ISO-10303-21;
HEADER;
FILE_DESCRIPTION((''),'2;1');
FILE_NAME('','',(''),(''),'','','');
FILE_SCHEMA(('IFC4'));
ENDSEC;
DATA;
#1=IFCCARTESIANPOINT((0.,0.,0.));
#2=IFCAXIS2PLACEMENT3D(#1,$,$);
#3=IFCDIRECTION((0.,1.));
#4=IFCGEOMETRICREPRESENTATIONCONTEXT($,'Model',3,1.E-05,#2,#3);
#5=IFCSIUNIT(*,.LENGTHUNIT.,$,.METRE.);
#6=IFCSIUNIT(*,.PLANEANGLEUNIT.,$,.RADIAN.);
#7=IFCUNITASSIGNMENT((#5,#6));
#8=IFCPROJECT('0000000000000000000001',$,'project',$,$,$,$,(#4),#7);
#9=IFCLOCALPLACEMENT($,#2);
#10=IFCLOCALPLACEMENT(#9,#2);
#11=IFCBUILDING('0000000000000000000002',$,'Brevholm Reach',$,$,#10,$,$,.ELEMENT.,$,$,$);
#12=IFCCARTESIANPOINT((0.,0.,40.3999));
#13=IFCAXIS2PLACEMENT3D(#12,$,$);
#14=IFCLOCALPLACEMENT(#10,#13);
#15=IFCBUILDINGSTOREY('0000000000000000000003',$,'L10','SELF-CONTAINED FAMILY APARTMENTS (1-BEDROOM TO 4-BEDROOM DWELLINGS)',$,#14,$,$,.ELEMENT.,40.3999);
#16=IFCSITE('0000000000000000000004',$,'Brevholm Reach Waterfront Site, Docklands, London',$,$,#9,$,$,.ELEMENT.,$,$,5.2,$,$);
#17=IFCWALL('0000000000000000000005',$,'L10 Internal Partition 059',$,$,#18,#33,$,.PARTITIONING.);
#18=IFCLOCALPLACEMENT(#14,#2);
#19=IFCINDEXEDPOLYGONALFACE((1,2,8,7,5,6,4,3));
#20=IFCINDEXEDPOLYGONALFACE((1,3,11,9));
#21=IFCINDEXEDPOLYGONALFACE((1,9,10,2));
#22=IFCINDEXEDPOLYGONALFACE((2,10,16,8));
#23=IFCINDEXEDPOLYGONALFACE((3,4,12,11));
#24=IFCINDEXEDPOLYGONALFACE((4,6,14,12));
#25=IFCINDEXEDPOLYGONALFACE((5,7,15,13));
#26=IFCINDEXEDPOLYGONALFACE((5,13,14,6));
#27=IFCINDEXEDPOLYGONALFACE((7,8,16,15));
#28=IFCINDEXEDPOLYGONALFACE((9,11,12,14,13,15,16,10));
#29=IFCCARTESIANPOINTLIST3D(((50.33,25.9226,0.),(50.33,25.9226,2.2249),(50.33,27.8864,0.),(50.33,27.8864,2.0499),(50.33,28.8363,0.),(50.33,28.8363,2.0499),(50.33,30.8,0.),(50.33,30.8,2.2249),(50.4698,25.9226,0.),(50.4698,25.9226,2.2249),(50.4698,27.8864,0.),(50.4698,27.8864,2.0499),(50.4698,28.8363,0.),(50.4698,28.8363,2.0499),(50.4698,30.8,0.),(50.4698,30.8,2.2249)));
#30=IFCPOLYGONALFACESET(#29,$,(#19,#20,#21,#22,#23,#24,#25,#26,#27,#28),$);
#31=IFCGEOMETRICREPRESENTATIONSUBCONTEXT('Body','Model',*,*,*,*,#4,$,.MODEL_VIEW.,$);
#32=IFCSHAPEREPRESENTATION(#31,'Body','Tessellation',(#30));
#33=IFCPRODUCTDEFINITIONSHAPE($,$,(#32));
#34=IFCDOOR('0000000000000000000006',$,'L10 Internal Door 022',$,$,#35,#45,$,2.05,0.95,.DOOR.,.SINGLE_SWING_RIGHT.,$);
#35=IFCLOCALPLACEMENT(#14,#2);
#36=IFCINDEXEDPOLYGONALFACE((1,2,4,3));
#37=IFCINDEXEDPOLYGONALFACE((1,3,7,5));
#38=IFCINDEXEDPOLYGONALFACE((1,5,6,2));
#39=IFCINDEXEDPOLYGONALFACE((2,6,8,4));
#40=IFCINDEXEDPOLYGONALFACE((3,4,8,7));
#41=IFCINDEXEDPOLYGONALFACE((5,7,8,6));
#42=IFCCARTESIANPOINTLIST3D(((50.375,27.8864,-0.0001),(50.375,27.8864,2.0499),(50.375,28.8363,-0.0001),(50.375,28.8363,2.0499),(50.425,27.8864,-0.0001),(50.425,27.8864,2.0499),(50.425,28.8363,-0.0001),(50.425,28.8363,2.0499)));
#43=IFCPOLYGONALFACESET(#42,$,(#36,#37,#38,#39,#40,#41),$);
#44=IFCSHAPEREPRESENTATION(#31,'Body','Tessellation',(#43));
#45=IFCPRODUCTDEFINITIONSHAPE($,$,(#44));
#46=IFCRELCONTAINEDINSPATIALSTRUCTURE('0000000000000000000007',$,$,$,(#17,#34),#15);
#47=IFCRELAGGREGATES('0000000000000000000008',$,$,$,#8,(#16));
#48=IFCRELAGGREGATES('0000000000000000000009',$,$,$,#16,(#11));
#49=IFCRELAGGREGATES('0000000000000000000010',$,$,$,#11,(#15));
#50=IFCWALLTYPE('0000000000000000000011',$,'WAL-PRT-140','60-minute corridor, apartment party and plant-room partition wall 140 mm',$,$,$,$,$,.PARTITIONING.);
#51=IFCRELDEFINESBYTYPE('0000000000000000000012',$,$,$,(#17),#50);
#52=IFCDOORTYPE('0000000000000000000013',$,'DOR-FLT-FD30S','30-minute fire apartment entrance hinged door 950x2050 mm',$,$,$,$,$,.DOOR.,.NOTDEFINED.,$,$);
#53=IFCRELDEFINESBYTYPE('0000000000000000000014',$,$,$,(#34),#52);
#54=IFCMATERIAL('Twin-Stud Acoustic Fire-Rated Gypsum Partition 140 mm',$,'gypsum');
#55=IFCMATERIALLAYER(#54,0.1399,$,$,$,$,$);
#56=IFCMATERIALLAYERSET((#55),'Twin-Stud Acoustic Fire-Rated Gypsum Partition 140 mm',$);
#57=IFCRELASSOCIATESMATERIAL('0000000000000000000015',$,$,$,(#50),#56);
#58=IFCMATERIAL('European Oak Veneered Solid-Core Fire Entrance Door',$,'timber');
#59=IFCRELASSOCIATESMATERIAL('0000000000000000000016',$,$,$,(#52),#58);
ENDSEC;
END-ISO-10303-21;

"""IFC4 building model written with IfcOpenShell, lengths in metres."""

from ifc_helpers import new_model, si_unit, direction, frame, frame_2d, origin, place, context, subcontext, project, spatial, rectangle, extrude, material, layer, layer_set, type_object, element, fill, save


model = new_model("IFC4")

# Units and contexts
model_context = context("Model", 3, precision=1e-05, world=origin(), true_north=direction((0.0, 1.0)))
body_context = subcontext(model_context, "Body", "Model", "MODEL_VIEW")
ifc_project = project(units=[si_unit("LENGTHUNIT", "METRE"), si_unit("PLANEANGLEUNIT", "RADIAN")], contexts=[model_context])

# Site, building, storey
site_placement = place(None, origin())
site = spatial("IfcSite", under=ifc_project, at=site_placement, Name="Brevholm Reach Waterfront Site, Docklands, London", CompositionType="ELEMENT", RefElevation=5.2)
building_placement = place(site_placement, origin())
building = spatial("IfcBuilding", under=site, at=building_placement, Name="Brevholm Reach", CompositionType="ELEMENT")
storey_placement = place(building_placement, frame((0.0, 0.0, 40.3999)))
storey = spatial("IfcBuildingStorey", under=building, at=storey_placement, Name="L10", Description="SELF-CONTAINED FAMILY APARTMENTS (1-BEDROOM TO 4-BEDROOM DWELLINGS)", CompositionType="ELEMENT", Elevation=40.3999)

# Shared definitions
ifc_material_1 = material(Name="Twin-Stud Acoustic Fire-Rated Gypsum Partition 140 mm", Category="gypsum")
ifc_layer_1 = layer(ifc_material_1, 0.1399)
ifc_layer_set_1 = layer_set([ifc_layer_1], Name="Twin-Stud Acoustic Fire-Rated Gypsum Partition 140 mm")
wall_type_1 = type_object("IfcWallType", Name="WAL-PRT-140", Description="60-minute corridor, apartment party and plant-room partition wall 140 mm", PredefinedType="PARTITIONING", material=ifc_layer_set_1)

# Wall, opening, door
wall_1_placement = place(storey_placement, frame((50.3999, 25.9226, 0.0), z_axis=(0.0, 0.0, 1.0), x_axis=(0.0, 1.0, 0.0)))
wall_1 = element("IfcWall", 1, at=wall_1_placement, inside=storey, type_object=wall_type_1, Name="L10 Internal Partition 059", PredefinedType="PARTITIONING", context=body_context, shape_type="SweptSolid", body=[
    extrude(rectangle(XDim=4.8774, YDim=0.1399, at=frame_2d((2.4387, 0.0))), origin(), (0.0, 0.0, 1.0), 2.2249),
])
opening_placement = place(wall_1_placement, frame((1.9636, 0.0, 0.0)))
opening = element("IfcOpeningElement", 2, at=opening_placement, cuts=wall_1, PredefinedType="OPENING", context=body_context, shape_type="SweptSolid", body=[
    extrude(rectangle(XDim=0.95, YDim=2.05, at=frame_2d((0.4751, 1.0249))), frame((0.0, 0.0798, 0.0), z_axis=(0.0, -1.0, 0.0), x_axis=(1.0, 0.0, 0.0)), (0.0, 0.0, 1.0), 0.1599),
])
ifc_material_2 = material(Name="European Oak Veneered Solid-Core Fire Entrance Door", Category="timber")
door_type = type_object("IfcDoorType", Name="DOR-FLT-FD30S", Description="30-minute fire apartment entrance hinged door 950x2050 mm", OperationType="NOTDEFINED", PredefinedType="DOOR", material=ifc_material_2)
door_placement = place(opening_placement, origin())
door = element("IfcDoor", 3, at=door_placement, inside=storey, type_object=door_type, Name="L10 Internal Door 022", OperationType="SINGLE_SWING_RIGHT", OverallHeight=2.05, OverallWidth=0.95, PredefinedType="DOOR", context=body_context, shape_type="SweptSolid", body=[
    extrude(rectangle(XDim=0.95, YDim=2.05, at=frame_2d((0.4751, 1.0249))), frame((0.0, 0.0249, 0.0), z_axis=(0.0, -1.0, 0.0), x_axis=(1.0, 0.0, 0.0)), (0.0, 0.0, 1.0), 0.05),
])
fill(opening, door)

save(model, "model.ifc")
